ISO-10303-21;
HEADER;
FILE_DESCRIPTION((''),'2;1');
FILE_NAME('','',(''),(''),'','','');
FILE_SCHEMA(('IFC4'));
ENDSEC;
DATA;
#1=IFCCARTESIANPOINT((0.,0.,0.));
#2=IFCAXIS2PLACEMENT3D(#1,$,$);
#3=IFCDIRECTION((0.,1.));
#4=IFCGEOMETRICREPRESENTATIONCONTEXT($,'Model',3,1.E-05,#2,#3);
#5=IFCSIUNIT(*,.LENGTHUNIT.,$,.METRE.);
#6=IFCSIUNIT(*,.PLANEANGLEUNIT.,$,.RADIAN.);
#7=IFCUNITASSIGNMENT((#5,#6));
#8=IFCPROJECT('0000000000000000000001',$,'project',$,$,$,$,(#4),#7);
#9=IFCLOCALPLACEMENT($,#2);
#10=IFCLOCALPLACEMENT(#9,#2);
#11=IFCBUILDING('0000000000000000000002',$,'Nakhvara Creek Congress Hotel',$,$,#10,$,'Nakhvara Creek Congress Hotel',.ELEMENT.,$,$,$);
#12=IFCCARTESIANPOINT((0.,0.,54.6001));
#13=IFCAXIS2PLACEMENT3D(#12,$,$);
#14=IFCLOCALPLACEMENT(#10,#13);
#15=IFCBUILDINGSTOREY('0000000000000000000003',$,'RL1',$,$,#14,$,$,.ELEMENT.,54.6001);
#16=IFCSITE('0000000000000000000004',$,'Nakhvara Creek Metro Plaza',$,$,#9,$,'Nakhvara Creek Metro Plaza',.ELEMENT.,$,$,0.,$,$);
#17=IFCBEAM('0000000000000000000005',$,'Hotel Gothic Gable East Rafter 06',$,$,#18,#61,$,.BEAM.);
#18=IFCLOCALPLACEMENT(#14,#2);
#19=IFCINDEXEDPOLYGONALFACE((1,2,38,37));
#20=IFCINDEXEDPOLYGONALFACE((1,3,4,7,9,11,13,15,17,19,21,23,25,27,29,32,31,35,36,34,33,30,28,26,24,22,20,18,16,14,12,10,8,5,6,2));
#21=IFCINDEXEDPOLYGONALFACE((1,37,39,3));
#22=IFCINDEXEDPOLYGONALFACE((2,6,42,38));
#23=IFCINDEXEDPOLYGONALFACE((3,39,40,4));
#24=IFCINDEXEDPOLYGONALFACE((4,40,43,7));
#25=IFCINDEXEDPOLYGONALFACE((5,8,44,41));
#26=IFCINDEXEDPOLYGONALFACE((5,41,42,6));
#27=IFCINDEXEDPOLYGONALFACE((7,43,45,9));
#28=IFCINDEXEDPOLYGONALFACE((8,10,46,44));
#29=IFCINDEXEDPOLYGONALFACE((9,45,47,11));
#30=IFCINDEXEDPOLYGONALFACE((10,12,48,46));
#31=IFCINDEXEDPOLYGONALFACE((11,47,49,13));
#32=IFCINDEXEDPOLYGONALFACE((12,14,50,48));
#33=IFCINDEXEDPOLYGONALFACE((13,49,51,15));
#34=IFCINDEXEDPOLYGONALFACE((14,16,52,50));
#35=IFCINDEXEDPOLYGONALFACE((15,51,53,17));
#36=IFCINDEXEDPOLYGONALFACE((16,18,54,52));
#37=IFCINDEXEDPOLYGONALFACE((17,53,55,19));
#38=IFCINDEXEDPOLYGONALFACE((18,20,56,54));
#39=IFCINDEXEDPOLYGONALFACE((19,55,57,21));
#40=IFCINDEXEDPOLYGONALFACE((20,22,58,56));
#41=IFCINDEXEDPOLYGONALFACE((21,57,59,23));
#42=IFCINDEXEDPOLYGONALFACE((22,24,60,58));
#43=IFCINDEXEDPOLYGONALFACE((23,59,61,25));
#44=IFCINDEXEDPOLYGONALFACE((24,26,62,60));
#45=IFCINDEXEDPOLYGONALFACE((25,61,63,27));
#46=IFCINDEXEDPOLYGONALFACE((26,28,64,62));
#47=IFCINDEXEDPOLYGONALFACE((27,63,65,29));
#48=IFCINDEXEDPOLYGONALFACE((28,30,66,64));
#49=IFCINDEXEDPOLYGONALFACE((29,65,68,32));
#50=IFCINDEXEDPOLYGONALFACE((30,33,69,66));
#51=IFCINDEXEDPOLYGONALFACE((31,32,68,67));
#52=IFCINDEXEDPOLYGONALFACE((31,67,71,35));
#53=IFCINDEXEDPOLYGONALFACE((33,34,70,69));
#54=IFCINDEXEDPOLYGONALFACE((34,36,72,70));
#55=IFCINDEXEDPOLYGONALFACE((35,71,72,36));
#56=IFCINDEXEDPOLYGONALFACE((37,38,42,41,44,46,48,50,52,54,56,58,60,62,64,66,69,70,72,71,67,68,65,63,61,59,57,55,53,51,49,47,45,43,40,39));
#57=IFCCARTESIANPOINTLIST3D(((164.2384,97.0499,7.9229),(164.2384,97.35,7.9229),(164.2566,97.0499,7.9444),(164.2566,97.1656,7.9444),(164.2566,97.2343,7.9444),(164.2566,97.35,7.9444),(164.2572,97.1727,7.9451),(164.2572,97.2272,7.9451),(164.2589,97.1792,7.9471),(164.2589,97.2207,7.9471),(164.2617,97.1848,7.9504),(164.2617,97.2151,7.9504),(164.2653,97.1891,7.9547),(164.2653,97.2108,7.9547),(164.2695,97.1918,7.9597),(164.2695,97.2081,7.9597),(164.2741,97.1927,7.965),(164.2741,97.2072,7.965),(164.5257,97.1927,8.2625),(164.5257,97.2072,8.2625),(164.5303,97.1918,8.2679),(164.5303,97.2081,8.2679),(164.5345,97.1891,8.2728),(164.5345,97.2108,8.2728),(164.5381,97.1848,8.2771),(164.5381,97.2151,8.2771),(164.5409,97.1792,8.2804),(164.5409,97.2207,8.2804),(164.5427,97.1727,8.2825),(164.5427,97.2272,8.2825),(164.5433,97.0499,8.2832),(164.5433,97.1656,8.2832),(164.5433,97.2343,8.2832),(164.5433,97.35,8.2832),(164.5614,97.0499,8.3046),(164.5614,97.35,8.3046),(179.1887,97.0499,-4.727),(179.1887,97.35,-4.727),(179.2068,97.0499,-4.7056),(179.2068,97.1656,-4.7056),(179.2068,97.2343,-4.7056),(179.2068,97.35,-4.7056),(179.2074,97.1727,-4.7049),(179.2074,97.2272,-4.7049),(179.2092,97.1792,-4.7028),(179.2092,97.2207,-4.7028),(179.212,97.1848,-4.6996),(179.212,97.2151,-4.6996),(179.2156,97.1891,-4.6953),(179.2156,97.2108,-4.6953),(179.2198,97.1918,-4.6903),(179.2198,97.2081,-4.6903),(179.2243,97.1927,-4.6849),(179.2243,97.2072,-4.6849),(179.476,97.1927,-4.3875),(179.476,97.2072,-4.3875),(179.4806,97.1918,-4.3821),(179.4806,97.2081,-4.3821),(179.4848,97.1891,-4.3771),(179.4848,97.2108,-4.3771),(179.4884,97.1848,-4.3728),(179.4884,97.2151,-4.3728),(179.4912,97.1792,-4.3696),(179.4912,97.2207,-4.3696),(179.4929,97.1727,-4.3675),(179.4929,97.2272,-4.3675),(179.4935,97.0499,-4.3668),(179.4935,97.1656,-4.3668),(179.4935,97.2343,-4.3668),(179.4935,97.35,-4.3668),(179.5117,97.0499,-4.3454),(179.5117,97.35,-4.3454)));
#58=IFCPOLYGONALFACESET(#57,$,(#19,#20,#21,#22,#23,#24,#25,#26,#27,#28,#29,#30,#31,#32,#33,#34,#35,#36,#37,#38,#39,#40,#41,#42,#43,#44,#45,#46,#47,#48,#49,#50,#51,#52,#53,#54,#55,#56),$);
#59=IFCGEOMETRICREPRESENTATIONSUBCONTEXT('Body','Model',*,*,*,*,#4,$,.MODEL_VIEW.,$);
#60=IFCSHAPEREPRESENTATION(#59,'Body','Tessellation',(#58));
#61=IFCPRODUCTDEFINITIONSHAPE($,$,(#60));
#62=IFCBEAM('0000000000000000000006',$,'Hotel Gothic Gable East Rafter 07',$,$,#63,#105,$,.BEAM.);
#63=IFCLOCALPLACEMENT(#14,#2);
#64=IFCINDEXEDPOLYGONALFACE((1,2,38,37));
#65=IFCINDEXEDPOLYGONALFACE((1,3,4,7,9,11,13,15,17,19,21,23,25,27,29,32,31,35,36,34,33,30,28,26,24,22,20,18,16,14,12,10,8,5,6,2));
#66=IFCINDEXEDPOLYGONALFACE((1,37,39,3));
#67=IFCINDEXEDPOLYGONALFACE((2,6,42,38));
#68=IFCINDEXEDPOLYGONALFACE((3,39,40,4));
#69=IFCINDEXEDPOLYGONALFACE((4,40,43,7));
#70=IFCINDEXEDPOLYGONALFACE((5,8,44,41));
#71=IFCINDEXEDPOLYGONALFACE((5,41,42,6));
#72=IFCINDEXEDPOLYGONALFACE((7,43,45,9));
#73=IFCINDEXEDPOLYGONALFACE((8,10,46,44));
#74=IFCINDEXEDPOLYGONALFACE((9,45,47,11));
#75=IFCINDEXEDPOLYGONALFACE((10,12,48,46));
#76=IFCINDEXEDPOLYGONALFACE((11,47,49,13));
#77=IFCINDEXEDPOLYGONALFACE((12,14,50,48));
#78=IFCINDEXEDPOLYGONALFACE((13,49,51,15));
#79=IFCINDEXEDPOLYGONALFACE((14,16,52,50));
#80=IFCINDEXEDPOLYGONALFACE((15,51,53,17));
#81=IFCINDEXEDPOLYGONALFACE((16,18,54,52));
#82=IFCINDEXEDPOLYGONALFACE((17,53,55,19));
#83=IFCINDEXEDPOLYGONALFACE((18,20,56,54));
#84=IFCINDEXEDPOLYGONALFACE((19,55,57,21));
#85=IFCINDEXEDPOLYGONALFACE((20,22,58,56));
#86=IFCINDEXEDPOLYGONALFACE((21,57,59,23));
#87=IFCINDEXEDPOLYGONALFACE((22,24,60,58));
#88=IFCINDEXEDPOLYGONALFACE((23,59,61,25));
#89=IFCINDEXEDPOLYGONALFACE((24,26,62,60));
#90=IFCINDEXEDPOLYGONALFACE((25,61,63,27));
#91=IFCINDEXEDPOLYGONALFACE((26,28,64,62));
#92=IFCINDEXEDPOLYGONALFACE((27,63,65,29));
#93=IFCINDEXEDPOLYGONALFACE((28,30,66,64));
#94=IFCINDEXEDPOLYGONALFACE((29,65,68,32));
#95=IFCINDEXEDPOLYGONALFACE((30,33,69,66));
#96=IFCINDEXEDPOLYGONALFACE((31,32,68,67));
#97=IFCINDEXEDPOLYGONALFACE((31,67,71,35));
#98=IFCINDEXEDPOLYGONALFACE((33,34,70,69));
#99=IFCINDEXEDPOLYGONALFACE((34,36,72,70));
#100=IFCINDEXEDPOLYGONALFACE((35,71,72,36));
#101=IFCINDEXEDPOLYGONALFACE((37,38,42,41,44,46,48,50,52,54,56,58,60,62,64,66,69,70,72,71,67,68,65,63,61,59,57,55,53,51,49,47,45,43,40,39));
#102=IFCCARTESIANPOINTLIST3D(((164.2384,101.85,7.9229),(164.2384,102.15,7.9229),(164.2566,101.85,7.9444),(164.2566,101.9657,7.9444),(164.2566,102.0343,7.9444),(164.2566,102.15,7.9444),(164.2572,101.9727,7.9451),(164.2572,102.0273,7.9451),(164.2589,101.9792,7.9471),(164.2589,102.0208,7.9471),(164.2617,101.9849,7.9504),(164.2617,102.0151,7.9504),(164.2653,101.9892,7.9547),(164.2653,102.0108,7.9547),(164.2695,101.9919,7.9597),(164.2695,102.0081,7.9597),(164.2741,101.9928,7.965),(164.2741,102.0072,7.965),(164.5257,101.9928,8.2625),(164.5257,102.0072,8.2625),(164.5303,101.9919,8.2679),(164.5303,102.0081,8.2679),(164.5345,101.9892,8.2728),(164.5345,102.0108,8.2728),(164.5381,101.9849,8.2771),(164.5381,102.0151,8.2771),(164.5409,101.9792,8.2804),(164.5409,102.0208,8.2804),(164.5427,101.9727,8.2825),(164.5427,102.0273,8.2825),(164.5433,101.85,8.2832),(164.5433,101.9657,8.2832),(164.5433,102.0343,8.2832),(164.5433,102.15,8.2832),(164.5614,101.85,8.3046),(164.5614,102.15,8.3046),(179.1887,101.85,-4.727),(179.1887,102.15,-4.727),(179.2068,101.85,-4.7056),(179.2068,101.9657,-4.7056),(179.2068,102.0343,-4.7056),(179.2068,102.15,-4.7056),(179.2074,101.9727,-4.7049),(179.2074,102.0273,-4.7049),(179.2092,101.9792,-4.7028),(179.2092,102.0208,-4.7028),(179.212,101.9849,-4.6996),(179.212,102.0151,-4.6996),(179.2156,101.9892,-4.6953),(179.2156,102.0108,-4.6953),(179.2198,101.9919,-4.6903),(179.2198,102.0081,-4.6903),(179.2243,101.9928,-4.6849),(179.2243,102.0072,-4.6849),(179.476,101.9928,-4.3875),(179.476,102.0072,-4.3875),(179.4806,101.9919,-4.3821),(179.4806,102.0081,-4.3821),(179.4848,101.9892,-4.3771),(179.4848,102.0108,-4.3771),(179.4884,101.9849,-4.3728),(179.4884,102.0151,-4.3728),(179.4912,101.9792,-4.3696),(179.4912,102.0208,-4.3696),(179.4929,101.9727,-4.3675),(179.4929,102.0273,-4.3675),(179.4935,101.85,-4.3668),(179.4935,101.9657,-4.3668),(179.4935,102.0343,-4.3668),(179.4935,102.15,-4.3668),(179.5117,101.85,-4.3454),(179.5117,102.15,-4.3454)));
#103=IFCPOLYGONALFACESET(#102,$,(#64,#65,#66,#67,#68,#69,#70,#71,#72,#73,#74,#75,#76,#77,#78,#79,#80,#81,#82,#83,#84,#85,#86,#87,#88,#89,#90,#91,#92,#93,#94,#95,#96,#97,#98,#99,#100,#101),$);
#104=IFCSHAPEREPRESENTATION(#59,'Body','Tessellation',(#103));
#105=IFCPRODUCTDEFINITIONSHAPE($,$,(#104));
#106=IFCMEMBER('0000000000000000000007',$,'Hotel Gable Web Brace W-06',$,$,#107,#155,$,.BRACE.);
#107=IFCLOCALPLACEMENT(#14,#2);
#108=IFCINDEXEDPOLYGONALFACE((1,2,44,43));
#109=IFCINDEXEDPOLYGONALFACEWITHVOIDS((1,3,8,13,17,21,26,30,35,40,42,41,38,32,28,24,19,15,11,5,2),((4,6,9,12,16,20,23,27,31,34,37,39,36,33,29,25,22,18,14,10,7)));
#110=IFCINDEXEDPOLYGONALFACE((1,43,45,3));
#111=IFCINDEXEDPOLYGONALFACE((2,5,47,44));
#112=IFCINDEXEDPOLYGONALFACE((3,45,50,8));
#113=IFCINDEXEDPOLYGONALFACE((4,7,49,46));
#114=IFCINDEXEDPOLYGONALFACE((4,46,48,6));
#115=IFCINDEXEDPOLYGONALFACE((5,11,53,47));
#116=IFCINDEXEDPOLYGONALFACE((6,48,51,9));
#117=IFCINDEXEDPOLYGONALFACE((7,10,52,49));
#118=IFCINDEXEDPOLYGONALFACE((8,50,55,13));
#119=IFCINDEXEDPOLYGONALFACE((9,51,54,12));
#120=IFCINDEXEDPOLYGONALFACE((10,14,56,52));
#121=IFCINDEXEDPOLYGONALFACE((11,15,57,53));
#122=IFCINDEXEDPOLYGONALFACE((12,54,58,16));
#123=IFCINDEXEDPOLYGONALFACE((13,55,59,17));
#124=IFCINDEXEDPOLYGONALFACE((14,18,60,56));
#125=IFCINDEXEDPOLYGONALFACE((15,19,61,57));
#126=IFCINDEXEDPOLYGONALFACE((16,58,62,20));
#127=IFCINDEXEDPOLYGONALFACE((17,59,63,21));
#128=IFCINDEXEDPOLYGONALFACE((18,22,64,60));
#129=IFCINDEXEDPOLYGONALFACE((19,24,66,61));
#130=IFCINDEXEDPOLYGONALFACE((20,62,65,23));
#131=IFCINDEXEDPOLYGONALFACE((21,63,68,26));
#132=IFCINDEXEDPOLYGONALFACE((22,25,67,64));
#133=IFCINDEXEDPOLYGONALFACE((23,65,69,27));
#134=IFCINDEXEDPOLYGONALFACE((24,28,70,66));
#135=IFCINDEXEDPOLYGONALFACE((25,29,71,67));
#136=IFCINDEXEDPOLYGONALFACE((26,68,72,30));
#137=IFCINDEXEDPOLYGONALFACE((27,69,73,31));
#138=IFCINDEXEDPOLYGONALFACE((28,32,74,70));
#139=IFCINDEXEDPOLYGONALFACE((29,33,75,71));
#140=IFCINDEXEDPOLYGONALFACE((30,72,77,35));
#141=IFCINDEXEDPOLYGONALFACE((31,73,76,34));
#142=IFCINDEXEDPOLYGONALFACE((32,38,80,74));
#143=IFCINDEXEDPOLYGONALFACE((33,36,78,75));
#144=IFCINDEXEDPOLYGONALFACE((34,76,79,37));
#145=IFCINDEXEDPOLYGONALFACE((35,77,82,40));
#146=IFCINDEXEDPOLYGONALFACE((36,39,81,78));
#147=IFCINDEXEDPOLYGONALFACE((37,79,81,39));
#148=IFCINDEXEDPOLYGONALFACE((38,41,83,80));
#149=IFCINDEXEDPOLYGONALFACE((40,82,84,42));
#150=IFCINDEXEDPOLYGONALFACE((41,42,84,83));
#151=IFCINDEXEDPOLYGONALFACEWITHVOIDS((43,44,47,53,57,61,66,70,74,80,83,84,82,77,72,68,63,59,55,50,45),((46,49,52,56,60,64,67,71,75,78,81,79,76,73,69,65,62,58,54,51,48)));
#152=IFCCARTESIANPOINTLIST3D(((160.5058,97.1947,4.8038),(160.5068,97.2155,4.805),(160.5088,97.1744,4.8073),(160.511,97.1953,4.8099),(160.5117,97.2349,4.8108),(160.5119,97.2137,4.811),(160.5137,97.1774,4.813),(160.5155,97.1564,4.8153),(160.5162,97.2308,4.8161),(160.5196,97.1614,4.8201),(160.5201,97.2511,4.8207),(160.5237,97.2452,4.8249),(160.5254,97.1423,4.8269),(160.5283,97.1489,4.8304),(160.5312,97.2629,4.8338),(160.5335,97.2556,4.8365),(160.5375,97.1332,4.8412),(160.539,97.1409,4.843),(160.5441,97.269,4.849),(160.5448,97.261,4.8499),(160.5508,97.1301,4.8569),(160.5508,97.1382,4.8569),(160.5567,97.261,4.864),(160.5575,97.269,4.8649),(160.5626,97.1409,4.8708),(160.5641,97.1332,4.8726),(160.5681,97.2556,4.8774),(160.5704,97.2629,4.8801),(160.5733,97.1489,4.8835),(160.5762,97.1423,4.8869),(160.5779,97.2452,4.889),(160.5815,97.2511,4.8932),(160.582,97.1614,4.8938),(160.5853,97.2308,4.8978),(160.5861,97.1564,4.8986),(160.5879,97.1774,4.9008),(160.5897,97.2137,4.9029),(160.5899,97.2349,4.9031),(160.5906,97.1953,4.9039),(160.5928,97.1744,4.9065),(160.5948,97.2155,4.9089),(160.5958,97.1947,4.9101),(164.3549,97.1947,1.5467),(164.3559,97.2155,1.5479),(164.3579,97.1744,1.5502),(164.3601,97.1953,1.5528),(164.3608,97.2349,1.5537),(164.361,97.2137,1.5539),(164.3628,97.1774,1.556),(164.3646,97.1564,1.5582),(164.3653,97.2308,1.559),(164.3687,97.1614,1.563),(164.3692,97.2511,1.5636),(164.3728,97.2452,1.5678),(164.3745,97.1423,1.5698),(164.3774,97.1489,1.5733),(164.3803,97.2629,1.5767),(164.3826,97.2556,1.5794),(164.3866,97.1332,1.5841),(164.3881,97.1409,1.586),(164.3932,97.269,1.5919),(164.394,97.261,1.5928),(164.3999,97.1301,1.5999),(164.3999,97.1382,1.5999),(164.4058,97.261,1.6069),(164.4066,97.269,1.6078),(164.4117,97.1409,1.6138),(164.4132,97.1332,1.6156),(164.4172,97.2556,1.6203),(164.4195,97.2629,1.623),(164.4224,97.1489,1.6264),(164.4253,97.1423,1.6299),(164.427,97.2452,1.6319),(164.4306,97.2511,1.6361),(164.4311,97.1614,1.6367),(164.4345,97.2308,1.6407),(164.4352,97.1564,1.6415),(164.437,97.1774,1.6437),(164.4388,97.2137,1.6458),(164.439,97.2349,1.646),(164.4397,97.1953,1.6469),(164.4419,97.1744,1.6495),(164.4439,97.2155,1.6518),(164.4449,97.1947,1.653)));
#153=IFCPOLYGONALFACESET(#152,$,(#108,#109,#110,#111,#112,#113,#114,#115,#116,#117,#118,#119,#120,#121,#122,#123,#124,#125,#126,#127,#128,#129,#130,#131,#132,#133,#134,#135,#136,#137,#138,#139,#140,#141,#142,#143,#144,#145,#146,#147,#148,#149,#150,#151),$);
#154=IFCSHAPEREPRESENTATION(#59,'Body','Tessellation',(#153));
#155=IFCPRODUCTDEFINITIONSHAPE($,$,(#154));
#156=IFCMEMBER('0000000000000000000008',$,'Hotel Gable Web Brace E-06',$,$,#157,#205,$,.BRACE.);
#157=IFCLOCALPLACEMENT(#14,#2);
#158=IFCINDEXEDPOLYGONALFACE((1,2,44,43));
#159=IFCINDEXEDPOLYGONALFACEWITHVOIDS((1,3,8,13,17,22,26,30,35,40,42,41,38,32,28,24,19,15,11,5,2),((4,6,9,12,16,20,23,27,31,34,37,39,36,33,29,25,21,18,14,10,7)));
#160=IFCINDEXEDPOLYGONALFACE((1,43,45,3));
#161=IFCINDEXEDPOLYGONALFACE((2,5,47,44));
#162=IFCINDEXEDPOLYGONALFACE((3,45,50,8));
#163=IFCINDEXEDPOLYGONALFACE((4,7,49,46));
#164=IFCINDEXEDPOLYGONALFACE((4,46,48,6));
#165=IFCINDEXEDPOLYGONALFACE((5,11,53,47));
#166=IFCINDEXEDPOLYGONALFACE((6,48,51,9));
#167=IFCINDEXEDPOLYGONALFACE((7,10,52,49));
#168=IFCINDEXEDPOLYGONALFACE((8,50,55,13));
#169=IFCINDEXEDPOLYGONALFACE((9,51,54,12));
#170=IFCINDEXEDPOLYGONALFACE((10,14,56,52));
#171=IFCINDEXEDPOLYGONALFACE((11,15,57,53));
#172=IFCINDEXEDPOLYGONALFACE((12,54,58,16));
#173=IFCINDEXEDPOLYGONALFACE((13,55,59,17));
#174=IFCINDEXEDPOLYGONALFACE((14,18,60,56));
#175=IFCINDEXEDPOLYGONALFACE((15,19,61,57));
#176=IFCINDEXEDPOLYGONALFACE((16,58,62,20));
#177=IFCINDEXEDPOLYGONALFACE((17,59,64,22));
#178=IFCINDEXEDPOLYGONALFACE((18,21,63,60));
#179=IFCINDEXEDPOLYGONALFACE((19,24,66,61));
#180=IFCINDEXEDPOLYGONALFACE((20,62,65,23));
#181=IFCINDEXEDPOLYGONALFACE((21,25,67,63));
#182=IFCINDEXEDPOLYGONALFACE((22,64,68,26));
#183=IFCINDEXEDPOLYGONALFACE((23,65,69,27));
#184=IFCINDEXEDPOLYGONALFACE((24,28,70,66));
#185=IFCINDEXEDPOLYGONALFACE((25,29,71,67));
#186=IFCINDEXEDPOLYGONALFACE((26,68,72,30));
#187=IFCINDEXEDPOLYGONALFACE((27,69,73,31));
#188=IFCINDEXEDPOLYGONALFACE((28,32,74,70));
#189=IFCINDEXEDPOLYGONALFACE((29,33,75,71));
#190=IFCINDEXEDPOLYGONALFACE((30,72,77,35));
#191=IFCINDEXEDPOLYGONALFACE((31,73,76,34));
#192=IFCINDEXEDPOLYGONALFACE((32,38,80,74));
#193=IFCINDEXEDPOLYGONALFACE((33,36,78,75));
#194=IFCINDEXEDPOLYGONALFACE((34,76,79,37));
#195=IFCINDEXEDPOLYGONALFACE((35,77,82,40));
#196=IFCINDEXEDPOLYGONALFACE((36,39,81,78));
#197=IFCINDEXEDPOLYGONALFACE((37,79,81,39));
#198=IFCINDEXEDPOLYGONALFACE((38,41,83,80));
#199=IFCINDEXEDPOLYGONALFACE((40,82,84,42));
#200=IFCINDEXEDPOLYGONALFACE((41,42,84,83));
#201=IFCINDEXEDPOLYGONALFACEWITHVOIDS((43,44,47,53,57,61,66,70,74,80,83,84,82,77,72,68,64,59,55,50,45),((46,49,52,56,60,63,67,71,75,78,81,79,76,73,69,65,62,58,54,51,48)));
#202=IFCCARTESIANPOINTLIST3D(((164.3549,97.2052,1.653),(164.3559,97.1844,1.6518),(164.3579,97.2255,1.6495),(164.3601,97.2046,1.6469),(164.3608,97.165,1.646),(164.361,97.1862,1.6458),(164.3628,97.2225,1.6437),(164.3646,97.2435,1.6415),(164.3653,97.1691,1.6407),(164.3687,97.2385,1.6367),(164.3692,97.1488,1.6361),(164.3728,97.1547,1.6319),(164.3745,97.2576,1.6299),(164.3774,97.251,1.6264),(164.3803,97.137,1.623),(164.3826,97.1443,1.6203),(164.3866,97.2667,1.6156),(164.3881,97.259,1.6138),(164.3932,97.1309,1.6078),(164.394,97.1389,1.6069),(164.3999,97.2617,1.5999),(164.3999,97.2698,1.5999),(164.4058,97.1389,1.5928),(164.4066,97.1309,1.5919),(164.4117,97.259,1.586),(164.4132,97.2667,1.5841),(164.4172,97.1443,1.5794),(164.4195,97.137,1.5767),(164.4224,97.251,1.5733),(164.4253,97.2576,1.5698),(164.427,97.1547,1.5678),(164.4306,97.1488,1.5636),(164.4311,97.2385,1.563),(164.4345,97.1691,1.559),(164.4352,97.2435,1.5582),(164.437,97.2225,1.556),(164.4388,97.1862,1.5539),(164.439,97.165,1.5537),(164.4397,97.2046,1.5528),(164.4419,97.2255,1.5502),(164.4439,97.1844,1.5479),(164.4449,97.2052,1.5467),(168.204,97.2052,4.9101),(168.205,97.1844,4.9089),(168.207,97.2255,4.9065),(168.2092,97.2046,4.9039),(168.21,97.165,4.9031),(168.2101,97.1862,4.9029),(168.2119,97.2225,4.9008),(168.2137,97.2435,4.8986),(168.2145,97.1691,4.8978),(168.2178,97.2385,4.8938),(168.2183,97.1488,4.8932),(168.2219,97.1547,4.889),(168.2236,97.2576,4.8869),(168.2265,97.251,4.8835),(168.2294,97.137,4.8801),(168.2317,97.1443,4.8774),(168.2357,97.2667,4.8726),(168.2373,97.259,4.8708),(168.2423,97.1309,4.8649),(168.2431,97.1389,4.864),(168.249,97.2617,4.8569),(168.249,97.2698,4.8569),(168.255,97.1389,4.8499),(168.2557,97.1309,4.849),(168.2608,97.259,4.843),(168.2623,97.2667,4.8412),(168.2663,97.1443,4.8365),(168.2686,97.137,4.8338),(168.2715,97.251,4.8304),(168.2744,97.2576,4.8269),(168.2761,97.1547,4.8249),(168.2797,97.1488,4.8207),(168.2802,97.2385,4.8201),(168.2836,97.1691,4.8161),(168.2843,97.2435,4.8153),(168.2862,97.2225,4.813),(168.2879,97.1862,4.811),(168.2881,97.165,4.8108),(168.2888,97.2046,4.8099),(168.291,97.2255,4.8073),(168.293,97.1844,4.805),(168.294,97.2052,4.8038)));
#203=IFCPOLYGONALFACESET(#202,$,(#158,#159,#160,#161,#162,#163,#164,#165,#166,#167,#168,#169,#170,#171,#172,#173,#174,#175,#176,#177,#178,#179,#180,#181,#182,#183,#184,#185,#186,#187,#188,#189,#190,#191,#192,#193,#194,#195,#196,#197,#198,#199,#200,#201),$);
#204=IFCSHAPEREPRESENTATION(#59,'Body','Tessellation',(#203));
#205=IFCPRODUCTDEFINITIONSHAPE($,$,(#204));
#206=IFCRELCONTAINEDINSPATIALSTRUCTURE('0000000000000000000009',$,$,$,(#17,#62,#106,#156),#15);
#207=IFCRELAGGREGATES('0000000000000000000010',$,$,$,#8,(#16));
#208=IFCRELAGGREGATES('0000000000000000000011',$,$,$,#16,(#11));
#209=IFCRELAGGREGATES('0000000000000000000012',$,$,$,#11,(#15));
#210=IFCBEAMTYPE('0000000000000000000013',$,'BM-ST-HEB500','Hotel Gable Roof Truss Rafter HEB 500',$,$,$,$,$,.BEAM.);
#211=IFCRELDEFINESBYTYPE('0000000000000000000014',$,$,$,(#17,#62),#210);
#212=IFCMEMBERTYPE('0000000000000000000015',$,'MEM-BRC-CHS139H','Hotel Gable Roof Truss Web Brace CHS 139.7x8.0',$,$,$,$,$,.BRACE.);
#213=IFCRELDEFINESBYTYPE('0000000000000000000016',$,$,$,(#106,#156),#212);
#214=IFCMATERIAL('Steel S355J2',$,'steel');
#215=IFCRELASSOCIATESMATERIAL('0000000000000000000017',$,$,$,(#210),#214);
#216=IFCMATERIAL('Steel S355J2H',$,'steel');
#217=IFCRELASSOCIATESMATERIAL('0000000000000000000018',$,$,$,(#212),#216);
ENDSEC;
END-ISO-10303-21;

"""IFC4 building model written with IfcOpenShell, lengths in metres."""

from ifc_helpers import new_model, si_unit, direction, frame, origin, origin_2d, place, context, subcontext, project, spatial, hollow_circle, i_section, extrude, material, material_profile, profile_set, type_object, element, save


model = new_model("IFC4")

# Units and contexts
model_context = context("Model", 3, precision=1e-05, world=origin(), true_north=direction((0.0, 1.0)))
body_context = subcontext(model_context, "Body", "Model", "MODEL_VIEW")
ifc_project = project(units=[si_unit("LENGTHUNIT", "METRE"), si_unit("PLANEANGLEUNIT", "RADIAN")], contexts=[model_context])

# Site, building, storey
site_placement = place(None, origin())
site = spatial("IfcSite", under=ifc_project, at=site_placement, Name="Nakhvara Creek Metro Plaza", LongName="Nakhvara Creek Metro Plaza", CompositionType="ELEMENT", RefElevation=0.0)
building_placement = place(site_placement, origin())
building = spatial("IfcBuilding", under=site, at=building_placement, Name="Nakhvara Creek Congress Hotel", LongName="Nakhvara Creek Congress Hotel", CompositionType="ELEMENT")
storey_placement = place(building_placement, frame((0.0, 0.0, 54.6001)))
storey = spatial("IfcBuildingStorey", under=building, at=storey_placement, Name="RL1", CompositionType="ELEMENT", Elevation=54.6001)

# Beams
ifc_material_1 = material(Name="Steel S355J2", Category="steel")
ifc_material_profile_1 = material_profile(ifc_material_1, i_section(OverallWidth=0.3, OverallDepth=0.5, WebThickness=0.0144, FlangeThickness=0.0281, FilletRadius=0.0271, at=origin_2d()), Name="HEB 500", Category="LoadBearing")
ifc_profile_set_1 = profile_set([ifc_material_profile_1], Name="Steel S355J2")
beam_type = type_object("IfcBeamType", Name="BM-ST-HEB500", Description="Hotel Gable Roof Truss Rafter HEB 500", PredefinedType="BEAM", material=ifc_profile_set_1)
for number, where, z_axis, x_axis, name in (
    (1, (164.3999, 97.2, 8.1138), (0.763393, 0.0, -0.645934), (0.0, 1.0, 0.0), "Hotel Gothic Gable East Rafter 06"),
    (2, (164.3999, 102.0, 8.1138), (0.763393, 0.0, -0.645934), (0.0, 1.0, 0.0), "Hotel Gothic Gable East Rafter 07"),
):
    element("IfcBeam", number, at=place(storey_placement, frame(where, z_axis=z_axis, x_axis=x_axis)), inside=storey, type_object=beam_type, Name=name, PredefinedType="BEAM", context=body_context, shape_type="SweptSolid", body=[
        extrude(i_section(OverallWidth=0.3, OverallDepth=0.5, WebThickness=0.0144, FlangeThickness=0.0281, FilletRadius=0.0271, at=origin_2d()), origin(), (0.0, 0.0, 1.0), 19.584),
    ])

# Members
ifc_material_2 = material(Name="Steel S355J2H", Category="steel")
ifc_material_profile_2 = material_profile(ifc_material_2, hollow_circle(Radius=0.0698, WallThickness=0.0081, at=origin_2d()), Name="CHS 139.7x8.0", Category="LoadBearing")
ifc_profile_set_2 = profile_set([ifc_material_profile_2], Name="Steel S355J2H")
member_type_1 = type_object("IfcMemberType", Name="MEM-BRC-CHS139H", Description="Hotel Gable Roof Truss Web Brace CHS 139.7x8.0", PredefinedType="BRACE", material=ifc_profile_set_2)
for number, where, z_axis, x_axis, name in (
    (3, (164.3999, 97.2, 1.5999), (-0.763373, 0.0, 0.645957), (0.0, -1.0, 0.0), "Hotel Gable Web Brace W-06"),
    (4, (164.3999, 97.2, 1.5999), (0.763373, 0.0, 0.645957), (0.0, 1.0, 0.0), "Hotel Gable Web Brace E-06"),
):
    element("IfcMember", number, at=place(storey_placement, frame(where, z_axis=z_axis, x_axis=x_axis)), inside=storey, type_object=member_type_1, Name=name, PredefinedType="BRACE", context=body_context, shape_type="SweptSolid", body=[
        extrude(hollow_circle(Radius=0.0698, WallThickness=0.0081, at=origin_2d()), origin(), (0.0, 0.0, 1.0), 5.0422),
    ])

save(model, "model.ifc")
